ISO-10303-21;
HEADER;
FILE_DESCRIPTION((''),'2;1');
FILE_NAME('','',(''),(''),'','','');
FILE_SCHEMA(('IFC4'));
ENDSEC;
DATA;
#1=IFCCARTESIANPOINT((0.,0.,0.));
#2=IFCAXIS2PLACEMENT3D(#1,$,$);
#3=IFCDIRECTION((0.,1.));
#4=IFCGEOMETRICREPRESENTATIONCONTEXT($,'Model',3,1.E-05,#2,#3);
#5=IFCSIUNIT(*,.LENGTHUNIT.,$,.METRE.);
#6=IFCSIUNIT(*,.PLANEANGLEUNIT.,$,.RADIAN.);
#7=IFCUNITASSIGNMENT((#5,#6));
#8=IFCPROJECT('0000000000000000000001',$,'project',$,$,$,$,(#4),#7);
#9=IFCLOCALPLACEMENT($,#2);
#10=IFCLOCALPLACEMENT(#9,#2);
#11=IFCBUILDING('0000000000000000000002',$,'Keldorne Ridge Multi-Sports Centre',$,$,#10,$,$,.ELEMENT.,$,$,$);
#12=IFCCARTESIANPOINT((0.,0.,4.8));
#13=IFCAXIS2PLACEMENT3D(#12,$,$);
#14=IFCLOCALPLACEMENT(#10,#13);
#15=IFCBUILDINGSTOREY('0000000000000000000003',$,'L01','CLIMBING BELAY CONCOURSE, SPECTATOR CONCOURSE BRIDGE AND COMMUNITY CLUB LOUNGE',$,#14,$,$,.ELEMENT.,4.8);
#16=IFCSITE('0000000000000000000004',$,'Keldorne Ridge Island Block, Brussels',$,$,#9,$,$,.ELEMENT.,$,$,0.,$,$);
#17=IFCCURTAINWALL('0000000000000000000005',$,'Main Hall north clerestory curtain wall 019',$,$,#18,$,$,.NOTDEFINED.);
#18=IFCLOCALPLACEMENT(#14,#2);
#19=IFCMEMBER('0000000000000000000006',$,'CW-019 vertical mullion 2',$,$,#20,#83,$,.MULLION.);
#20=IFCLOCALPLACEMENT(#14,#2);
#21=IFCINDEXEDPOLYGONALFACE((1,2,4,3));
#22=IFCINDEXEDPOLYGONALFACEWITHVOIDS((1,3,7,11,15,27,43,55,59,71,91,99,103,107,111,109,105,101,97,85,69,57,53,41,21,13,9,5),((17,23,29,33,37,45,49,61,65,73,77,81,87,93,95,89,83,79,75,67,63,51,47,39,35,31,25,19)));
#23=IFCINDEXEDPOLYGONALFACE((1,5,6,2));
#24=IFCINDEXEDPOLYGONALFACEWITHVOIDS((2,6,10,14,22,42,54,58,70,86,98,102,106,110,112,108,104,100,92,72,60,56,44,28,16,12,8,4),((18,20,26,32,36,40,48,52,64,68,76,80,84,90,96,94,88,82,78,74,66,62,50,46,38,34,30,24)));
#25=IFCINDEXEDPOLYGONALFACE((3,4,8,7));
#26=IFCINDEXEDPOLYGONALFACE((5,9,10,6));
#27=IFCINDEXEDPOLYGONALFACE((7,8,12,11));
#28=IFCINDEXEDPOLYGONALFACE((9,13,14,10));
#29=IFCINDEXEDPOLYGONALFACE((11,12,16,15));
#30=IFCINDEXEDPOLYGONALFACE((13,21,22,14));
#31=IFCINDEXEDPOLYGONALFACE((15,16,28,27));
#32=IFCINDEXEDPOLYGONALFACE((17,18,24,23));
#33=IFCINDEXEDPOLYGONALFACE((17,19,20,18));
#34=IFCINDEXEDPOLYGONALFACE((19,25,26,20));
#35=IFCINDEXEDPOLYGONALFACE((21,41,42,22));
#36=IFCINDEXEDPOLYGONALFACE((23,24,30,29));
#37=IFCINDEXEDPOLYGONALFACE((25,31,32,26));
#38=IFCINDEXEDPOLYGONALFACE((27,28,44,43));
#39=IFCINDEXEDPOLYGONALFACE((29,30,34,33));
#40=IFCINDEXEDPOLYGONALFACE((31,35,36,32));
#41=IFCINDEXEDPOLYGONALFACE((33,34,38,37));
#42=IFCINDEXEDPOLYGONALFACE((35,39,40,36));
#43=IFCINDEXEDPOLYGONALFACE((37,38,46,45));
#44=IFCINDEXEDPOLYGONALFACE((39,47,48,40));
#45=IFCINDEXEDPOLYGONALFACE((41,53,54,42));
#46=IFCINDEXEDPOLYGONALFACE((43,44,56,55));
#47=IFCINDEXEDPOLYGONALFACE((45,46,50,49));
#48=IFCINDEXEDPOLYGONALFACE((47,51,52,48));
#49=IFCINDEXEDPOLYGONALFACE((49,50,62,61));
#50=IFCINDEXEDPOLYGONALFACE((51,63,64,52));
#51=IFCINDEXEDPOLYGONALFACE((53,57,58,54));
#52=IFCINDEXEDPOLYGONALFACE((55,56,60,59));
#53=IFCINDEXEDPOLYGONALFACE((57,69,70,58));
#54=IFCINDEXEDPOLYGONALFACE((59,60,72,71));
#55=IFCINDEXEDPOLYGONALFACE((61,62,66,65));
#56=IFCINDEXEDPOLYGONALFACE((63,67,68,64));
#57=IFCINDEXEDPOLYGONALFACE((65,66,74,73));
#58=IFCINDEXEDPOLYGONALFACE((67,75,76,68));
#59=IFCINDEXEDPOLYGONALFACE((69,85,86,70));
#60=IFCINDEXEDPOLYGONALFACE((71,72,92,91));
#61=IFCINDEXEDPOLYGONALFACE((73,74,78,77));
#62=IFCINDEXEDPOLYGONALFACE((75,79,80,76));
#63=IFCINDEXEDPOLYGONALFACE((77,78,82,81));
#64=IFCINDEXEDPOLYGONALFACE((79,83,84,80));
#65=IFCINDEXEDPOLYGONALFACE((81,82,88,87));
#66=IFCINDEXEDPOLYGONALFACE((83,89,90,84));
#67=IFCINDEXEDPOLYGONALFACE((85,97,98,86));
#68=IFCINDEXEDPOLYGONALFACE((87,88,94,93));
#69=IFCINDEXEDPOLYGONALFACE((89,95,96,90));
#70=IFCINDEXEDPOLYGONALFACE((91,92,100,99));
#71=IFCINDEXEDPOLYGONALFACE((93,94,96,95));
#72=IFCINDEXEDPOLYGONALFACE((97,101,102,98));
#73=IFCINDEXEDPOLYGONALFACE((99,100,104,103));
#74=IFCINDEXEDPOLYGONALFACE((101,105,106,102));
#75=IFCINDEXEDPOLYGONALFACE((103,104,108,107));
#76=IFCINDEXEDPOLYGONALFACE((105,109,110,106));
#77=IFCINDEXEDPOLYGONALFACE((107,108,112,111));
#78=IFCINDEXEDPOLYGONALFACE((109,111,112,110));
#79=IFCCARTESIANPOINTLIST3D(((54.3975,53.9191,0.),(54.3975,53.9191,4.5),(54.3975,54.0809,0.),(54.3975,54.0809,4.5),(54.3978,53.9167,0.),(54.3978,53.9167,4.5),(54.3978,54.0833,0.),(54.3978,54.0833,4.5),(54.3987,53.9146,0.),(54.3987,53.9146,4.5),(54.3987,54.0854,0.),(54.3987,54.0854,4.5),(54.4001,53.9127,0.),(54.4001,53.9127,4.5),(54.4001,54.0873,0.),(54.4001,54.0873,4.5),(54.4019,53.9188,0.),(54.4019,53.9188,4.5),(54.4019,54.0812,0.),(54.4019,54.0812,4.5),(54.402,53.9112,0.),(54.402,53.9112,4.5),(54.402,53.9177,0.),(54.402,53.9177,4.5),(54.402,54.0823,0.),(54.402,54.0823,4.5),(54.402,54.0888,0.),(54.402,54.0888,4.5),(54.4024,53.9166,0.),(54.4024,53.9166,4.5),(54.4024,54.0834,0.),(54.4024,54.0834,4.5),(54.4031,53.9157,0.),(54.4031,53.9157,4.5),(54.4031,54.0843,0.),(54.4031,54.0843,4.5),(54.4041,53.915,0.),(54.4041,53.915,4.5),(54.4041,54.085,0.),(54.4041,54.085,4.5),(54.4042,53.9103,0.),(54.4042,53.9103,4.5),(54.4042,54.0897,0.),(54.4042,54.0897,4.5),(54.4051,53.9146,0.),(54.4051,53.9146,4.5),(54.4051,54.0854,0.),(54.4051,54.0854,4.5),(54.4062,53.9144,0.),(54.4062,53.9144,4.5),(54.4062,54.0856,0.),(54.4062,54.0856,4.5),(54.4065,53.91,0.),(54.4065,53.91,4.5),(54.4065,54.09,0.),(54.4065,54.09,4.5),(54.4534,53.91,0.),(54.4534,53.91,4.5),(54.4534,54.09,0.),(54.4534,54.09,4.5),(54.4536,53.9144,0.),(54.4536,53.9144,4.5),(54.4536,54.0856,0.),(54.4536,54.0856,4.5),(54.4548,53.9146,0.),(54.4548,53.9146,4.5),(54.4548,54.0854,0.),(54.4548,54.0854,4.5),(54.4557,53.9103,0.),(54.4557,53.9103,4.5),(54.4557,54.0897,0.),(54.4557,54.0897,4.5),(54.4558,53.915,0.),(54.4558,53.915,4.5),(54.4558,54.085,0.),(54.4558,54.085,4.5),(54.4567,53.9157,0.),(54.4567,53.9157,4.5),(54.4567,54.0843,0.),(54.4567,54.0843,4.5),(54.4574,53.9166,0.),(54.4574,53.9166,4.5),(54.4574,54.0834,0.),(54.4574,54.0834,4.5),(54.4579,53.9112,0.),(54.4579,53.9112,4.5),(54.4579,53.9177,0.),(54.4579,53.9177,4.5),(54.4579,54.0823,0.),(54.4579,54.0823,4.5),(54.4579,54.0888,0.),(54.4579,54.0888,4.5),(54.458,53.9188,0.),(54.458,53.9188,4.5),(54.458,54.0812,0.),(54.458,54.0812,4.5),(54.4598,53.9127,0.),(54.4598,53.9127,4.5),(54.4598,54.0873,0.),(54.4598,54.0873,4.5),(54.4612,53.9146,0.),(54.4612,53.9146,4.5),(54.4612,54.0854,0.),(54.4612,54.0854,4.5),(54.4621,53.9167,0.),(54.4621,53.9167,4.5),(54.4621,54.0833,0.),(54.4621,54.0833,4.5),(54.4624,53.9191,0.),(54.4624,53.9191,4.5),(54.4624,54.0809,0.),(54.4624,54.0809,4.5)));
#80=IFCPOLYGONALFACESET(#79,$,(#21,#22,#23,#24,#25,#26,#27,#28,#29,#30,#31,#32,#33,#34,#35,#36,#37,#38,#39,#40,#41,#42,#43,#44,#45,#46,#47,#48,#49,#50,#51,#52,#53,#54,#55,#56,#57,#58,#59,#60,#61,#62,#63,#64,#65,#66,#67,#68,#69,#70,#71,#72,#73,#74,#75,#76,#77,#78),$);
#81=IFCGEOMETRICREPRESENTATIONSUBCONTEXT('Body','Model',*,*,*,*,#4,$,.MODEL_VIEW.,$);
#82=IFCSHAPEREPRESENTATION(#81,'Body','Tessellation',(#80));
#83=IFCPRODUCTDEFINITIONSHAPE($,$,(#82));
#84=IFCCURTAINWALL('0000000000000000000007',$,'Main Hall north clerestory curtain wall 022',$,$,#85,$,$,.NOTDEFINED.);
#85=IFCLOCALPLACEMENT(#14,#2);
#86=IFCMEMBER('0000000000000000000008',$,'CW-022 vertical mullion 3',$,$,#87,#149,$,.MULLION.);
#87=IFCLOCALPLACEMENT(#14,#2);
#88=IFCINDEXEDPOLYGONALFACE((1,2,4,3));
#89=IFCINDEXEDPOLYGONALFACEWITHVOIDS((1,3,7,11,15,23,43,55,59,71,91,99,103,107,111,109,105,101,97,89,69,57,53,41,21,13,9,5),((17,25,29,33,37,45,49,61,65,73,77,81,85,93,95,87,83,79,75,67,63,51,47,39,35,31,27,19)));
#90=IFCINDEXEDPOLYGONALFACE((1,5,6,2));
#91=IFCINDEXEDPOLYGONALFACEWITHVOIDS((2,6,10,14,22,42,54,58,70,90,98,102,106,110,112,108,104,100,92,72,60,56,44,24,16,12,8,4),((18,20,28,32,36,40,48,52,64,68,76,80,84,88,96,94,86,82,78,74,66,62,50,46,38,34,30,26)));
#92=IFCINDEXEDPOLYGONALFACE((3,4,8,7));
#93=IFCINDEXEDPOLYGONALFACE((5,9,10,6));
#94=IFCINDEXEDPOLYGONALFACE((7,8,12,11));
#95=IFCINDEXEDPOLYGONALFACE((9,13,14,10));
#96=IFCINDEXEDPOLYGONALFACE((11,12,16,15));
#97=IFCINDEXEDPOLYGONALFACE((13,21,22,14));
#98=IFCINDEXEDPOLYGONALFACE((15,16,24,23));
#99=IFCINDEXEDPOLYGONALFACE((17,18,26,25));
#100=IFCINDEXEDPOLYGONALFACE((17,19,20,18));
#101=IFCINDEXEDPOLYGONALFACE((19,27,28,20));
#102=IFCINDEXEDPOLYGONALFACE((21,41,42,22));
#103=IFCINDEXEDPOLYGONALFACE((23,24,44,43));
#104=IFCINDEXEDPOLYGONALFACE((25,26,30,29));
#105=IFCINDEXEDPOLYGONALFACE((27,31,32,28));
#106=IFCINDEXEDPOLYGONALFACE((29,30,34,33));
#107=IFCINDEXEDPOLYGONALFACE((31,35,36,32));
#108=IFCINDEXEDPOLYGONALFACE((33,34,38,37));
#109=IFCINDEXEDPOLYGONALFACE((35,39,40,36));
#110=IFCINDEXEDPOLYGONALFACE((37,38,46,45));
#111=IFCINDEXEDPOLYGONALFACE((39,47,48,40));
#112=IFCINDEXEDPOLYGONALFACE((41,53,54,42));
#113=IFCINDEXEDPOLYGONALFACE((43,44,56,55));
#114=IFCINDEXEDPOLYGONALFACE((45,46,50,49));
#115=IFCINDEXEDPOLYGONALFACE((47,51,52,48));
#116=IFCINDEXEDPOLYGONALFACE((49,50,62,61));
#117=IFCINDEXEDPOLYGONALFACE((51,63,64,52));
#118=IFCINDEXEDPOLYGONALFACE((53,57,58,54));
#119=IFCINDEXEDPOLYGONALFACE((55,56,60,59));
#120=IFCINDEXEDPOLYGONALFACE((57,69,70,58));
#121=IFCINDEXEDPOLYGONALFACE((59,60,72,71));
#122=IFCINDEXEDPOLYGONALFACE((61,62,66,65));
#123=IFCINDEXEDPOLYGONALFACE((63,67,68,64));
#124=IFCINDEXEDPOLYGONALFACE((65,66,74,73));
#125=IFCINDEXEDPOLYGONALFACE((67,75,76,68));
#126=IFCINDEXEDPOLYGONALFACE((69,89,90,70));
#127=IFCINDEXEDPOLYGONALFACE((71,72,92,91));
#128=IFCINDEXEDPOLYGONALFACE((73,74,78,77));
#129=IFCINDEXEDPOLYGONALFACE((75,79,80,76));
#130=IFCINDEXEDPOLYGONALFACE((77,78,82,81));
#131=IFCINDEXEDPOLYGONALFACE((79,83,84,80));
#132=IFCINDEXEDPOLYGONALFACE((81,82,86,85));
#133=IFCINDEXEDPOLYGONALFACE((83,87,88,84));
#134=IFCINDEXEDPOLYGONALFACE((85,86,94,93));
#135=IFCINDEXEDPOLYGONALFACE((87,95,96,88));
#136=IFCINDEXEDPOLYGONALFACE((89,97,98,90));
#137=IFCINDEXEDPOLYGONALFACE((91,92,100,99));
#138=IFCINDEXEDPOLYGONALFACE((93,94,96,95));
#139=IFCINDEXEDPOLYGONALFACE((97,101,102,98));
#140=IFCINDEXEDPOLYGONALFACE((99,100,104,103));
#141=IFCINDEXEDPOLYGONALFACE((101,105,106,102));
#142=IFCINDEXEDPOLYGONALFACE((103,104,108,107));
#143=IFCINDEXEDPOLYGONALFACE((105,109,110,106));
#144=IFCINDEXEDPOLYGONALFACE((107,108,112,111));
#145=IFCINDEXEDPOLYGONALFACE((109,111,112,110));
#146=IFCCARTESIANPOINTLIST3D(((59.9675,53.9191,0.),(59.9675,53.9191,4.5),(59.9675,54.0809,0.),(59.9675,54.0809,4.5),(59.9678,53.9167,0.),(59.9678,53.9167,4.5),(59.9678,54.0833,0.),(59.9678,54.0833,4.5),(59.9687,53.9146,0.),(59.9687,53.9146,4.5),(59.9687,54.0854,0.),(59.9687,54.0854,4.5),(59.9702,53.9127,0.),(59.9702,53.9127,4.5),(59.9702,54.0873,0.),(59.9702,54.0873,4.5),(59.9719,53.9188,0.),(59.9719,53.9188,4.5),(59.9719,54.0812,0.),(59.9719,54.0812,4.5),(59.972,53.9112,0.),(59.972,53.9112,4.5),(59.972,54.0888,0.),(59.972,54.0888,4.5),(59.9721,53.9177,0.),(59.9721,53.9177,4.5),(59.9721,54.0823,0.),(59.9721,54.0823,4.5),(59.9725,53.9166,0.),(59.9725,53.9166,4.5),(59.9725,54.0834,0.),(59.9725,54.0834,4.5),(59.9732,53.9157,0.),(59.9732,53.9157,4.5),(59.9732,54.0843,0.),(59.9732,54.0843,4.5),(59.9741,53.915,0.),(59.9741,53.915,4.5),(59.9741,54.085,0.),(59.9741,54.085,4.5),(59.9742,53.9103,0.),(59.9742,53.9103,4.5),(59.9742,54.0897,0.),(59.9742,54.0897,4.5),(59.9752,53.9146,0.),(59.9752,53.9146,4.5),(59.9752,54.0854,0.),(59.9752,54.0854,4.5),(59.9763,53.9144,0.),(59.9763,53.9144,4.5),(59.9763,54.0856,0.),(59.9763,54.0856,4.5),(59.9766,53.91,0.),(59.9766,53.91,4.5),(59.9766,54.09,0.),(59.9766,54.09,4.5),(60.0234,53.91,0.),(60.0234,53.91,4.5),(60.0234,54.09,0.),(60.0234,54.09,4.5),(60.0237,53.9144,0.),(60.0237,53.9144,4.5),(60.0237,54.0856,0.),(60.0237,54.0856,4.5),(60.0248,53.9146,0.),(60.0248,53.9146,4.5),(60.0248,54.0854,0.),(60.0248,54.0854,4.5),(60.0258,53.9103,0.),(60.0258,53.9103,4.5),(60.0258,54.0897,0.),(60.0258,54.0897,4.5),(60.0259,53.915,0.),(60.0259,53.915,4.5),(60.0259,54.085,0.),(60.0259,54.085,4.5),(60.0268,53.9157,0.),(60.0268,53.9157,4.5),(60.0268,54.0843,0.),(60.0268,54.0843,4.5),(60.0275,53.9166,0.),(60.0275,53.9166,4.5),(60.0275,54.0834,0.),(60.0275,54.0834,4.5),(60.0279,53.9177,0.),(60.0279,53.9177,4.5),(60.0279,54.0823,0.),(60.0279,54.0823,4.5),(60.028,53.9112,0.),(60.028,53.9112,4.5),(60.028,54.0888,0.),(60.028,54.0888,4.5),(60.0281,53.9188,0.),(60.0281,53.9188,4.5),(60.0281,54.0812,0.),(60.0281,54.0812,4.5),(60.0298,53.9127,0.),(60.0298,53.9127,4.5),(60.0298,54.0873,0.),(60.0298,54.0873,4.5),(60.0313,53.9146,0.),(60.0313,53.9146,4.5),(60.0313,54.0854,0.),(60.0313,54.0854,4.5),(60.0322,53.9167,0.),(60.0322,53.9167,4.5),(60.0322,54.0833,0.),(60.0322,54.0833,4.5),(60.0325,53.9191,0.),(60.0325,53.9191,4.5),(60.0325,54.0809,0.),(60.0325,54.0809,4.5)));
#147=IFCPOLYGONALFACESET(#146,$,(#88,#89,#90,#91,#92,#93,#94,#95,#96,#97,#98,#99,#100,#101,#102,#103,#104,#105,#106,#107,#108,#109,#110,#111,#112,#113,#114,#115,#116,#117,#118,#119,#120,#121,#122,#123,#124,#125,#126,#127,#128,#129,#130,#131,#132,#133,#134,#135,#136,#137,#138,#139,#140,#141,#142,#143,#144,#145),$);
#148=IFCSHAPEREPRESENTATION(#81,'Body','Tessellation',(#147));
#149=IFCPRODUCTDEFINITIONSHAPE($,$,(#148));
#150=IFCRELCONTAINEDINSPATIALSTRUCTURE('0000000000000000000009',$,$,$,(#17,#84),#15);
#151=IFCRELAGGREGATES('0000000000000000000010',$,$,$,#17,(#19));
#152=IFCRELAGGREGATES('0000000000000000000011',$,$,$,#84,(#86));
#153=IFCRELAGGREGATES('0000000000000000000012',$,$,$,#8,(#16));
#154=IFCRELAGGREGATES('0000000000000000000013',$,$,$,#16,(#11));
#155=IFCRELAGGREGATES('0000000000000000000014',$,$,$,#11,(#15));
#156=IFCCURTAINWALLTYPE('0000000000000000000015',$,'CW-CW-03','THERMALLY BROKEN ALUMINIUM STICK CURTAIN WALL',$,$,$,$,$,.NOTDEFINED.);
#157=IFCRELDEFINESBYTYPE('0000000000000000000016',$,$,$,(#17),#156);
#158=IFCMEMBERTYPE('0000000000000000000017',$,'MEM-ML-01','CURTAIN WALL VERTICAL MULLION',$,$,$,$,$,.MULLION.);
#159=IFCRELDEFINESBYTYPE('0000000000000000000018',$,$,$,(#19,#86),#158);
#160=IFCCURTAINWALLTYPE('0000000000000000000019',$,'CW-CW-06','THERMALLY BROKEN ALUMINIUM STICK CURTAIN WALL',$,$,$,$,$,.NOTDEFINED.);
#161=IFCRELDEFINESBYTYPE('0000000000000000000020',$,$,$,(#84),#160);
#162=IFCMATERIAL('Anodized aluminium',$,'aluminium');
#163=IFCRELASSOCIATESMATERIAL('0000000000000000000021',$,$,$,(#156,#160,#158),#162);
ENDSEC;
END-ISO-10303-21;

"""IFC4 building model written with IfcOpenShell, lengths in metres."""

from ifc_helpers import new_model, si_unit, direction, frame, origin, origin_2d, place, context, subcontext, project, spatial, hollow_rectangle, extrude, material, material_profile, profile_set, type_object, element, aggregate, save


model = new_model("IFC4")

# Units and contexts
model_context = context("Model", 3, precision=1e-05, world=origin(), true_north=direction((0.0, 1.0)))
body_context = subcontext(model_context, "Body", "Model", "MODEL_VIEW")
ifc_project = project(units=[si_unit("LENGTHUNIT", "METRE"), si_unit("PLANEANGLEUNIT", "RADIAN")], contexts=[model_context])

# Site, building, storey
site_placement = place(None, origin())
site = spatial("IfcSite", under=ifc_project, at=site_placement, Name="Keldorne Ridge Island Block, Brussels", CompositionType="ELEMENT", RefElevation=0.0)
building_placement = place(site_placement, origin())
building = spatial("IfcBuilding", under=site, at=building_placement, Name="Keldorne Ridge Multi-Sports Centre", CompositionType="ELEMENT")
storey_placement = place(building_placement, frame((0.0, 0.0, 4.8)))
storey = spatial("IfcBuildingStorey", under=building, at=storey_placement, Name="L01", Description="CLIMBING BELAY CONCOURSE, SPECTATOR CONCOURSE BRIDGE AND COMMUNITY CLUB LOUNGE", CompositionType="ELEMENT", Elevation=4.8)

# Curtain walls, members
ifc_material_1 = material(Name="Anodized aluminium", Category="aluminium")
curtain_wall_type_1 = type_object("IfcCurtainWallType", Name="CW-CW-03", Description="THERMALLY BROKEN ALUMINIUM STICK CURTAIN WALL", PredefinedType="NOTDEFINED", material=ifc_material_1)
curtain_wall_1_placement = place(storey_placement, origin())
curtain_wall_1 = element("IfcCurtainWall", 1, at=curtain_wall_1_placement, inside=storey, type_object=curtain_wall_type_1, Name="Main Hall north clerestory curtain wall 019", PredefinedType="NOTDEFINED")
ifc_material_profile_1 = material_profile(ifc_material_1, hollow_rectangle(XDim=0.0649, YDim=0.1799, WallThickness=0.0044, InnerFilletRadius=0.0044, OuterFilletRadius=0.009, at=origin_2d()), Name="ALU MULLION 180x65x4.5")
ifc_profile_set_1 = profile_set([ifc_material_profile_1], Name="Anodized aluminium")
member_type_1 = type_object("IfcMemberType", Name="MEM-ML-01", Description="CURTAIN WALL VERTICAL MULLION", PredefinedType="MULLION", material=ifc_profile_set_1)
member_1_placement = place(storey_placement, frame((54.4299, 54.0, 0.0), z_axis=(0.0, 0.0, 1.0), x_axis=(1.0, 0.0, 0.0)))
member_1 = element("IfcMember", 2, at=member_1_placement, type_object=member_type_1, Name="CW-019 vertical mullion 2", PredefinedType="MULLION", context=body_context, shape_type="SweptSolid", body=[
    extrude(hollow_rectangle(XDim=0.0649, YDim=0.1799, WallThickness=0.0044, InnerFilletRadius=0.0044, OuterFilletRadius=0.009, at=origin_2d()), origin(), (0.0, 0.0, 1.0), 4.5),
])
curtain_wall_type_2 = type_object("IfcCurtainWallType", Name="CW-CW-06", Description="THERMALLY BROKEN ALUMINIUM STICK CURTAIN WALL", PredefinedType="NOTDEFINED", material=ifc_material_1)
curtain_wall_2_placement = place(storey_placement, origin())
curtain_wall_2 = element("IfcCurtainWall", 3, at=curtain_wall_2_placement, inside=storey, type_object=curtain_wall_type_2, Name="Main Hall north clerestory curtain wall 022", PredefinedType="NOTDEFINED")
member_2_placement = place(storey_placement, frame((60.0, 54.0, 0.0), z_axis=(0.0, 0.0, 1.0), x_axis=(1.0, 0.0, 0.0)))
member_2 = element("IfcMember", 4, at=member_2_placement, type_object=member_type_1, Name="CW-022 vertical mullion 3", PredefinedType="MULLION", context=body_context, shape_type="SweptSolid", body=[
    extrude(hollow_rectangle(XDim=0.0649, YDim=0.1799, WallThickness=0.0044, InnerFilletRadius=0.0044, OuterFilletRadius=0.009, at=origin_2d()), origin(), (0.0, 0.0, 1.0), 4.5),
])

aggregate(curtain_wall_1, [member_1])
aggregate(curtain_wall_2, [member_2])

save(model, "model.ifc")
